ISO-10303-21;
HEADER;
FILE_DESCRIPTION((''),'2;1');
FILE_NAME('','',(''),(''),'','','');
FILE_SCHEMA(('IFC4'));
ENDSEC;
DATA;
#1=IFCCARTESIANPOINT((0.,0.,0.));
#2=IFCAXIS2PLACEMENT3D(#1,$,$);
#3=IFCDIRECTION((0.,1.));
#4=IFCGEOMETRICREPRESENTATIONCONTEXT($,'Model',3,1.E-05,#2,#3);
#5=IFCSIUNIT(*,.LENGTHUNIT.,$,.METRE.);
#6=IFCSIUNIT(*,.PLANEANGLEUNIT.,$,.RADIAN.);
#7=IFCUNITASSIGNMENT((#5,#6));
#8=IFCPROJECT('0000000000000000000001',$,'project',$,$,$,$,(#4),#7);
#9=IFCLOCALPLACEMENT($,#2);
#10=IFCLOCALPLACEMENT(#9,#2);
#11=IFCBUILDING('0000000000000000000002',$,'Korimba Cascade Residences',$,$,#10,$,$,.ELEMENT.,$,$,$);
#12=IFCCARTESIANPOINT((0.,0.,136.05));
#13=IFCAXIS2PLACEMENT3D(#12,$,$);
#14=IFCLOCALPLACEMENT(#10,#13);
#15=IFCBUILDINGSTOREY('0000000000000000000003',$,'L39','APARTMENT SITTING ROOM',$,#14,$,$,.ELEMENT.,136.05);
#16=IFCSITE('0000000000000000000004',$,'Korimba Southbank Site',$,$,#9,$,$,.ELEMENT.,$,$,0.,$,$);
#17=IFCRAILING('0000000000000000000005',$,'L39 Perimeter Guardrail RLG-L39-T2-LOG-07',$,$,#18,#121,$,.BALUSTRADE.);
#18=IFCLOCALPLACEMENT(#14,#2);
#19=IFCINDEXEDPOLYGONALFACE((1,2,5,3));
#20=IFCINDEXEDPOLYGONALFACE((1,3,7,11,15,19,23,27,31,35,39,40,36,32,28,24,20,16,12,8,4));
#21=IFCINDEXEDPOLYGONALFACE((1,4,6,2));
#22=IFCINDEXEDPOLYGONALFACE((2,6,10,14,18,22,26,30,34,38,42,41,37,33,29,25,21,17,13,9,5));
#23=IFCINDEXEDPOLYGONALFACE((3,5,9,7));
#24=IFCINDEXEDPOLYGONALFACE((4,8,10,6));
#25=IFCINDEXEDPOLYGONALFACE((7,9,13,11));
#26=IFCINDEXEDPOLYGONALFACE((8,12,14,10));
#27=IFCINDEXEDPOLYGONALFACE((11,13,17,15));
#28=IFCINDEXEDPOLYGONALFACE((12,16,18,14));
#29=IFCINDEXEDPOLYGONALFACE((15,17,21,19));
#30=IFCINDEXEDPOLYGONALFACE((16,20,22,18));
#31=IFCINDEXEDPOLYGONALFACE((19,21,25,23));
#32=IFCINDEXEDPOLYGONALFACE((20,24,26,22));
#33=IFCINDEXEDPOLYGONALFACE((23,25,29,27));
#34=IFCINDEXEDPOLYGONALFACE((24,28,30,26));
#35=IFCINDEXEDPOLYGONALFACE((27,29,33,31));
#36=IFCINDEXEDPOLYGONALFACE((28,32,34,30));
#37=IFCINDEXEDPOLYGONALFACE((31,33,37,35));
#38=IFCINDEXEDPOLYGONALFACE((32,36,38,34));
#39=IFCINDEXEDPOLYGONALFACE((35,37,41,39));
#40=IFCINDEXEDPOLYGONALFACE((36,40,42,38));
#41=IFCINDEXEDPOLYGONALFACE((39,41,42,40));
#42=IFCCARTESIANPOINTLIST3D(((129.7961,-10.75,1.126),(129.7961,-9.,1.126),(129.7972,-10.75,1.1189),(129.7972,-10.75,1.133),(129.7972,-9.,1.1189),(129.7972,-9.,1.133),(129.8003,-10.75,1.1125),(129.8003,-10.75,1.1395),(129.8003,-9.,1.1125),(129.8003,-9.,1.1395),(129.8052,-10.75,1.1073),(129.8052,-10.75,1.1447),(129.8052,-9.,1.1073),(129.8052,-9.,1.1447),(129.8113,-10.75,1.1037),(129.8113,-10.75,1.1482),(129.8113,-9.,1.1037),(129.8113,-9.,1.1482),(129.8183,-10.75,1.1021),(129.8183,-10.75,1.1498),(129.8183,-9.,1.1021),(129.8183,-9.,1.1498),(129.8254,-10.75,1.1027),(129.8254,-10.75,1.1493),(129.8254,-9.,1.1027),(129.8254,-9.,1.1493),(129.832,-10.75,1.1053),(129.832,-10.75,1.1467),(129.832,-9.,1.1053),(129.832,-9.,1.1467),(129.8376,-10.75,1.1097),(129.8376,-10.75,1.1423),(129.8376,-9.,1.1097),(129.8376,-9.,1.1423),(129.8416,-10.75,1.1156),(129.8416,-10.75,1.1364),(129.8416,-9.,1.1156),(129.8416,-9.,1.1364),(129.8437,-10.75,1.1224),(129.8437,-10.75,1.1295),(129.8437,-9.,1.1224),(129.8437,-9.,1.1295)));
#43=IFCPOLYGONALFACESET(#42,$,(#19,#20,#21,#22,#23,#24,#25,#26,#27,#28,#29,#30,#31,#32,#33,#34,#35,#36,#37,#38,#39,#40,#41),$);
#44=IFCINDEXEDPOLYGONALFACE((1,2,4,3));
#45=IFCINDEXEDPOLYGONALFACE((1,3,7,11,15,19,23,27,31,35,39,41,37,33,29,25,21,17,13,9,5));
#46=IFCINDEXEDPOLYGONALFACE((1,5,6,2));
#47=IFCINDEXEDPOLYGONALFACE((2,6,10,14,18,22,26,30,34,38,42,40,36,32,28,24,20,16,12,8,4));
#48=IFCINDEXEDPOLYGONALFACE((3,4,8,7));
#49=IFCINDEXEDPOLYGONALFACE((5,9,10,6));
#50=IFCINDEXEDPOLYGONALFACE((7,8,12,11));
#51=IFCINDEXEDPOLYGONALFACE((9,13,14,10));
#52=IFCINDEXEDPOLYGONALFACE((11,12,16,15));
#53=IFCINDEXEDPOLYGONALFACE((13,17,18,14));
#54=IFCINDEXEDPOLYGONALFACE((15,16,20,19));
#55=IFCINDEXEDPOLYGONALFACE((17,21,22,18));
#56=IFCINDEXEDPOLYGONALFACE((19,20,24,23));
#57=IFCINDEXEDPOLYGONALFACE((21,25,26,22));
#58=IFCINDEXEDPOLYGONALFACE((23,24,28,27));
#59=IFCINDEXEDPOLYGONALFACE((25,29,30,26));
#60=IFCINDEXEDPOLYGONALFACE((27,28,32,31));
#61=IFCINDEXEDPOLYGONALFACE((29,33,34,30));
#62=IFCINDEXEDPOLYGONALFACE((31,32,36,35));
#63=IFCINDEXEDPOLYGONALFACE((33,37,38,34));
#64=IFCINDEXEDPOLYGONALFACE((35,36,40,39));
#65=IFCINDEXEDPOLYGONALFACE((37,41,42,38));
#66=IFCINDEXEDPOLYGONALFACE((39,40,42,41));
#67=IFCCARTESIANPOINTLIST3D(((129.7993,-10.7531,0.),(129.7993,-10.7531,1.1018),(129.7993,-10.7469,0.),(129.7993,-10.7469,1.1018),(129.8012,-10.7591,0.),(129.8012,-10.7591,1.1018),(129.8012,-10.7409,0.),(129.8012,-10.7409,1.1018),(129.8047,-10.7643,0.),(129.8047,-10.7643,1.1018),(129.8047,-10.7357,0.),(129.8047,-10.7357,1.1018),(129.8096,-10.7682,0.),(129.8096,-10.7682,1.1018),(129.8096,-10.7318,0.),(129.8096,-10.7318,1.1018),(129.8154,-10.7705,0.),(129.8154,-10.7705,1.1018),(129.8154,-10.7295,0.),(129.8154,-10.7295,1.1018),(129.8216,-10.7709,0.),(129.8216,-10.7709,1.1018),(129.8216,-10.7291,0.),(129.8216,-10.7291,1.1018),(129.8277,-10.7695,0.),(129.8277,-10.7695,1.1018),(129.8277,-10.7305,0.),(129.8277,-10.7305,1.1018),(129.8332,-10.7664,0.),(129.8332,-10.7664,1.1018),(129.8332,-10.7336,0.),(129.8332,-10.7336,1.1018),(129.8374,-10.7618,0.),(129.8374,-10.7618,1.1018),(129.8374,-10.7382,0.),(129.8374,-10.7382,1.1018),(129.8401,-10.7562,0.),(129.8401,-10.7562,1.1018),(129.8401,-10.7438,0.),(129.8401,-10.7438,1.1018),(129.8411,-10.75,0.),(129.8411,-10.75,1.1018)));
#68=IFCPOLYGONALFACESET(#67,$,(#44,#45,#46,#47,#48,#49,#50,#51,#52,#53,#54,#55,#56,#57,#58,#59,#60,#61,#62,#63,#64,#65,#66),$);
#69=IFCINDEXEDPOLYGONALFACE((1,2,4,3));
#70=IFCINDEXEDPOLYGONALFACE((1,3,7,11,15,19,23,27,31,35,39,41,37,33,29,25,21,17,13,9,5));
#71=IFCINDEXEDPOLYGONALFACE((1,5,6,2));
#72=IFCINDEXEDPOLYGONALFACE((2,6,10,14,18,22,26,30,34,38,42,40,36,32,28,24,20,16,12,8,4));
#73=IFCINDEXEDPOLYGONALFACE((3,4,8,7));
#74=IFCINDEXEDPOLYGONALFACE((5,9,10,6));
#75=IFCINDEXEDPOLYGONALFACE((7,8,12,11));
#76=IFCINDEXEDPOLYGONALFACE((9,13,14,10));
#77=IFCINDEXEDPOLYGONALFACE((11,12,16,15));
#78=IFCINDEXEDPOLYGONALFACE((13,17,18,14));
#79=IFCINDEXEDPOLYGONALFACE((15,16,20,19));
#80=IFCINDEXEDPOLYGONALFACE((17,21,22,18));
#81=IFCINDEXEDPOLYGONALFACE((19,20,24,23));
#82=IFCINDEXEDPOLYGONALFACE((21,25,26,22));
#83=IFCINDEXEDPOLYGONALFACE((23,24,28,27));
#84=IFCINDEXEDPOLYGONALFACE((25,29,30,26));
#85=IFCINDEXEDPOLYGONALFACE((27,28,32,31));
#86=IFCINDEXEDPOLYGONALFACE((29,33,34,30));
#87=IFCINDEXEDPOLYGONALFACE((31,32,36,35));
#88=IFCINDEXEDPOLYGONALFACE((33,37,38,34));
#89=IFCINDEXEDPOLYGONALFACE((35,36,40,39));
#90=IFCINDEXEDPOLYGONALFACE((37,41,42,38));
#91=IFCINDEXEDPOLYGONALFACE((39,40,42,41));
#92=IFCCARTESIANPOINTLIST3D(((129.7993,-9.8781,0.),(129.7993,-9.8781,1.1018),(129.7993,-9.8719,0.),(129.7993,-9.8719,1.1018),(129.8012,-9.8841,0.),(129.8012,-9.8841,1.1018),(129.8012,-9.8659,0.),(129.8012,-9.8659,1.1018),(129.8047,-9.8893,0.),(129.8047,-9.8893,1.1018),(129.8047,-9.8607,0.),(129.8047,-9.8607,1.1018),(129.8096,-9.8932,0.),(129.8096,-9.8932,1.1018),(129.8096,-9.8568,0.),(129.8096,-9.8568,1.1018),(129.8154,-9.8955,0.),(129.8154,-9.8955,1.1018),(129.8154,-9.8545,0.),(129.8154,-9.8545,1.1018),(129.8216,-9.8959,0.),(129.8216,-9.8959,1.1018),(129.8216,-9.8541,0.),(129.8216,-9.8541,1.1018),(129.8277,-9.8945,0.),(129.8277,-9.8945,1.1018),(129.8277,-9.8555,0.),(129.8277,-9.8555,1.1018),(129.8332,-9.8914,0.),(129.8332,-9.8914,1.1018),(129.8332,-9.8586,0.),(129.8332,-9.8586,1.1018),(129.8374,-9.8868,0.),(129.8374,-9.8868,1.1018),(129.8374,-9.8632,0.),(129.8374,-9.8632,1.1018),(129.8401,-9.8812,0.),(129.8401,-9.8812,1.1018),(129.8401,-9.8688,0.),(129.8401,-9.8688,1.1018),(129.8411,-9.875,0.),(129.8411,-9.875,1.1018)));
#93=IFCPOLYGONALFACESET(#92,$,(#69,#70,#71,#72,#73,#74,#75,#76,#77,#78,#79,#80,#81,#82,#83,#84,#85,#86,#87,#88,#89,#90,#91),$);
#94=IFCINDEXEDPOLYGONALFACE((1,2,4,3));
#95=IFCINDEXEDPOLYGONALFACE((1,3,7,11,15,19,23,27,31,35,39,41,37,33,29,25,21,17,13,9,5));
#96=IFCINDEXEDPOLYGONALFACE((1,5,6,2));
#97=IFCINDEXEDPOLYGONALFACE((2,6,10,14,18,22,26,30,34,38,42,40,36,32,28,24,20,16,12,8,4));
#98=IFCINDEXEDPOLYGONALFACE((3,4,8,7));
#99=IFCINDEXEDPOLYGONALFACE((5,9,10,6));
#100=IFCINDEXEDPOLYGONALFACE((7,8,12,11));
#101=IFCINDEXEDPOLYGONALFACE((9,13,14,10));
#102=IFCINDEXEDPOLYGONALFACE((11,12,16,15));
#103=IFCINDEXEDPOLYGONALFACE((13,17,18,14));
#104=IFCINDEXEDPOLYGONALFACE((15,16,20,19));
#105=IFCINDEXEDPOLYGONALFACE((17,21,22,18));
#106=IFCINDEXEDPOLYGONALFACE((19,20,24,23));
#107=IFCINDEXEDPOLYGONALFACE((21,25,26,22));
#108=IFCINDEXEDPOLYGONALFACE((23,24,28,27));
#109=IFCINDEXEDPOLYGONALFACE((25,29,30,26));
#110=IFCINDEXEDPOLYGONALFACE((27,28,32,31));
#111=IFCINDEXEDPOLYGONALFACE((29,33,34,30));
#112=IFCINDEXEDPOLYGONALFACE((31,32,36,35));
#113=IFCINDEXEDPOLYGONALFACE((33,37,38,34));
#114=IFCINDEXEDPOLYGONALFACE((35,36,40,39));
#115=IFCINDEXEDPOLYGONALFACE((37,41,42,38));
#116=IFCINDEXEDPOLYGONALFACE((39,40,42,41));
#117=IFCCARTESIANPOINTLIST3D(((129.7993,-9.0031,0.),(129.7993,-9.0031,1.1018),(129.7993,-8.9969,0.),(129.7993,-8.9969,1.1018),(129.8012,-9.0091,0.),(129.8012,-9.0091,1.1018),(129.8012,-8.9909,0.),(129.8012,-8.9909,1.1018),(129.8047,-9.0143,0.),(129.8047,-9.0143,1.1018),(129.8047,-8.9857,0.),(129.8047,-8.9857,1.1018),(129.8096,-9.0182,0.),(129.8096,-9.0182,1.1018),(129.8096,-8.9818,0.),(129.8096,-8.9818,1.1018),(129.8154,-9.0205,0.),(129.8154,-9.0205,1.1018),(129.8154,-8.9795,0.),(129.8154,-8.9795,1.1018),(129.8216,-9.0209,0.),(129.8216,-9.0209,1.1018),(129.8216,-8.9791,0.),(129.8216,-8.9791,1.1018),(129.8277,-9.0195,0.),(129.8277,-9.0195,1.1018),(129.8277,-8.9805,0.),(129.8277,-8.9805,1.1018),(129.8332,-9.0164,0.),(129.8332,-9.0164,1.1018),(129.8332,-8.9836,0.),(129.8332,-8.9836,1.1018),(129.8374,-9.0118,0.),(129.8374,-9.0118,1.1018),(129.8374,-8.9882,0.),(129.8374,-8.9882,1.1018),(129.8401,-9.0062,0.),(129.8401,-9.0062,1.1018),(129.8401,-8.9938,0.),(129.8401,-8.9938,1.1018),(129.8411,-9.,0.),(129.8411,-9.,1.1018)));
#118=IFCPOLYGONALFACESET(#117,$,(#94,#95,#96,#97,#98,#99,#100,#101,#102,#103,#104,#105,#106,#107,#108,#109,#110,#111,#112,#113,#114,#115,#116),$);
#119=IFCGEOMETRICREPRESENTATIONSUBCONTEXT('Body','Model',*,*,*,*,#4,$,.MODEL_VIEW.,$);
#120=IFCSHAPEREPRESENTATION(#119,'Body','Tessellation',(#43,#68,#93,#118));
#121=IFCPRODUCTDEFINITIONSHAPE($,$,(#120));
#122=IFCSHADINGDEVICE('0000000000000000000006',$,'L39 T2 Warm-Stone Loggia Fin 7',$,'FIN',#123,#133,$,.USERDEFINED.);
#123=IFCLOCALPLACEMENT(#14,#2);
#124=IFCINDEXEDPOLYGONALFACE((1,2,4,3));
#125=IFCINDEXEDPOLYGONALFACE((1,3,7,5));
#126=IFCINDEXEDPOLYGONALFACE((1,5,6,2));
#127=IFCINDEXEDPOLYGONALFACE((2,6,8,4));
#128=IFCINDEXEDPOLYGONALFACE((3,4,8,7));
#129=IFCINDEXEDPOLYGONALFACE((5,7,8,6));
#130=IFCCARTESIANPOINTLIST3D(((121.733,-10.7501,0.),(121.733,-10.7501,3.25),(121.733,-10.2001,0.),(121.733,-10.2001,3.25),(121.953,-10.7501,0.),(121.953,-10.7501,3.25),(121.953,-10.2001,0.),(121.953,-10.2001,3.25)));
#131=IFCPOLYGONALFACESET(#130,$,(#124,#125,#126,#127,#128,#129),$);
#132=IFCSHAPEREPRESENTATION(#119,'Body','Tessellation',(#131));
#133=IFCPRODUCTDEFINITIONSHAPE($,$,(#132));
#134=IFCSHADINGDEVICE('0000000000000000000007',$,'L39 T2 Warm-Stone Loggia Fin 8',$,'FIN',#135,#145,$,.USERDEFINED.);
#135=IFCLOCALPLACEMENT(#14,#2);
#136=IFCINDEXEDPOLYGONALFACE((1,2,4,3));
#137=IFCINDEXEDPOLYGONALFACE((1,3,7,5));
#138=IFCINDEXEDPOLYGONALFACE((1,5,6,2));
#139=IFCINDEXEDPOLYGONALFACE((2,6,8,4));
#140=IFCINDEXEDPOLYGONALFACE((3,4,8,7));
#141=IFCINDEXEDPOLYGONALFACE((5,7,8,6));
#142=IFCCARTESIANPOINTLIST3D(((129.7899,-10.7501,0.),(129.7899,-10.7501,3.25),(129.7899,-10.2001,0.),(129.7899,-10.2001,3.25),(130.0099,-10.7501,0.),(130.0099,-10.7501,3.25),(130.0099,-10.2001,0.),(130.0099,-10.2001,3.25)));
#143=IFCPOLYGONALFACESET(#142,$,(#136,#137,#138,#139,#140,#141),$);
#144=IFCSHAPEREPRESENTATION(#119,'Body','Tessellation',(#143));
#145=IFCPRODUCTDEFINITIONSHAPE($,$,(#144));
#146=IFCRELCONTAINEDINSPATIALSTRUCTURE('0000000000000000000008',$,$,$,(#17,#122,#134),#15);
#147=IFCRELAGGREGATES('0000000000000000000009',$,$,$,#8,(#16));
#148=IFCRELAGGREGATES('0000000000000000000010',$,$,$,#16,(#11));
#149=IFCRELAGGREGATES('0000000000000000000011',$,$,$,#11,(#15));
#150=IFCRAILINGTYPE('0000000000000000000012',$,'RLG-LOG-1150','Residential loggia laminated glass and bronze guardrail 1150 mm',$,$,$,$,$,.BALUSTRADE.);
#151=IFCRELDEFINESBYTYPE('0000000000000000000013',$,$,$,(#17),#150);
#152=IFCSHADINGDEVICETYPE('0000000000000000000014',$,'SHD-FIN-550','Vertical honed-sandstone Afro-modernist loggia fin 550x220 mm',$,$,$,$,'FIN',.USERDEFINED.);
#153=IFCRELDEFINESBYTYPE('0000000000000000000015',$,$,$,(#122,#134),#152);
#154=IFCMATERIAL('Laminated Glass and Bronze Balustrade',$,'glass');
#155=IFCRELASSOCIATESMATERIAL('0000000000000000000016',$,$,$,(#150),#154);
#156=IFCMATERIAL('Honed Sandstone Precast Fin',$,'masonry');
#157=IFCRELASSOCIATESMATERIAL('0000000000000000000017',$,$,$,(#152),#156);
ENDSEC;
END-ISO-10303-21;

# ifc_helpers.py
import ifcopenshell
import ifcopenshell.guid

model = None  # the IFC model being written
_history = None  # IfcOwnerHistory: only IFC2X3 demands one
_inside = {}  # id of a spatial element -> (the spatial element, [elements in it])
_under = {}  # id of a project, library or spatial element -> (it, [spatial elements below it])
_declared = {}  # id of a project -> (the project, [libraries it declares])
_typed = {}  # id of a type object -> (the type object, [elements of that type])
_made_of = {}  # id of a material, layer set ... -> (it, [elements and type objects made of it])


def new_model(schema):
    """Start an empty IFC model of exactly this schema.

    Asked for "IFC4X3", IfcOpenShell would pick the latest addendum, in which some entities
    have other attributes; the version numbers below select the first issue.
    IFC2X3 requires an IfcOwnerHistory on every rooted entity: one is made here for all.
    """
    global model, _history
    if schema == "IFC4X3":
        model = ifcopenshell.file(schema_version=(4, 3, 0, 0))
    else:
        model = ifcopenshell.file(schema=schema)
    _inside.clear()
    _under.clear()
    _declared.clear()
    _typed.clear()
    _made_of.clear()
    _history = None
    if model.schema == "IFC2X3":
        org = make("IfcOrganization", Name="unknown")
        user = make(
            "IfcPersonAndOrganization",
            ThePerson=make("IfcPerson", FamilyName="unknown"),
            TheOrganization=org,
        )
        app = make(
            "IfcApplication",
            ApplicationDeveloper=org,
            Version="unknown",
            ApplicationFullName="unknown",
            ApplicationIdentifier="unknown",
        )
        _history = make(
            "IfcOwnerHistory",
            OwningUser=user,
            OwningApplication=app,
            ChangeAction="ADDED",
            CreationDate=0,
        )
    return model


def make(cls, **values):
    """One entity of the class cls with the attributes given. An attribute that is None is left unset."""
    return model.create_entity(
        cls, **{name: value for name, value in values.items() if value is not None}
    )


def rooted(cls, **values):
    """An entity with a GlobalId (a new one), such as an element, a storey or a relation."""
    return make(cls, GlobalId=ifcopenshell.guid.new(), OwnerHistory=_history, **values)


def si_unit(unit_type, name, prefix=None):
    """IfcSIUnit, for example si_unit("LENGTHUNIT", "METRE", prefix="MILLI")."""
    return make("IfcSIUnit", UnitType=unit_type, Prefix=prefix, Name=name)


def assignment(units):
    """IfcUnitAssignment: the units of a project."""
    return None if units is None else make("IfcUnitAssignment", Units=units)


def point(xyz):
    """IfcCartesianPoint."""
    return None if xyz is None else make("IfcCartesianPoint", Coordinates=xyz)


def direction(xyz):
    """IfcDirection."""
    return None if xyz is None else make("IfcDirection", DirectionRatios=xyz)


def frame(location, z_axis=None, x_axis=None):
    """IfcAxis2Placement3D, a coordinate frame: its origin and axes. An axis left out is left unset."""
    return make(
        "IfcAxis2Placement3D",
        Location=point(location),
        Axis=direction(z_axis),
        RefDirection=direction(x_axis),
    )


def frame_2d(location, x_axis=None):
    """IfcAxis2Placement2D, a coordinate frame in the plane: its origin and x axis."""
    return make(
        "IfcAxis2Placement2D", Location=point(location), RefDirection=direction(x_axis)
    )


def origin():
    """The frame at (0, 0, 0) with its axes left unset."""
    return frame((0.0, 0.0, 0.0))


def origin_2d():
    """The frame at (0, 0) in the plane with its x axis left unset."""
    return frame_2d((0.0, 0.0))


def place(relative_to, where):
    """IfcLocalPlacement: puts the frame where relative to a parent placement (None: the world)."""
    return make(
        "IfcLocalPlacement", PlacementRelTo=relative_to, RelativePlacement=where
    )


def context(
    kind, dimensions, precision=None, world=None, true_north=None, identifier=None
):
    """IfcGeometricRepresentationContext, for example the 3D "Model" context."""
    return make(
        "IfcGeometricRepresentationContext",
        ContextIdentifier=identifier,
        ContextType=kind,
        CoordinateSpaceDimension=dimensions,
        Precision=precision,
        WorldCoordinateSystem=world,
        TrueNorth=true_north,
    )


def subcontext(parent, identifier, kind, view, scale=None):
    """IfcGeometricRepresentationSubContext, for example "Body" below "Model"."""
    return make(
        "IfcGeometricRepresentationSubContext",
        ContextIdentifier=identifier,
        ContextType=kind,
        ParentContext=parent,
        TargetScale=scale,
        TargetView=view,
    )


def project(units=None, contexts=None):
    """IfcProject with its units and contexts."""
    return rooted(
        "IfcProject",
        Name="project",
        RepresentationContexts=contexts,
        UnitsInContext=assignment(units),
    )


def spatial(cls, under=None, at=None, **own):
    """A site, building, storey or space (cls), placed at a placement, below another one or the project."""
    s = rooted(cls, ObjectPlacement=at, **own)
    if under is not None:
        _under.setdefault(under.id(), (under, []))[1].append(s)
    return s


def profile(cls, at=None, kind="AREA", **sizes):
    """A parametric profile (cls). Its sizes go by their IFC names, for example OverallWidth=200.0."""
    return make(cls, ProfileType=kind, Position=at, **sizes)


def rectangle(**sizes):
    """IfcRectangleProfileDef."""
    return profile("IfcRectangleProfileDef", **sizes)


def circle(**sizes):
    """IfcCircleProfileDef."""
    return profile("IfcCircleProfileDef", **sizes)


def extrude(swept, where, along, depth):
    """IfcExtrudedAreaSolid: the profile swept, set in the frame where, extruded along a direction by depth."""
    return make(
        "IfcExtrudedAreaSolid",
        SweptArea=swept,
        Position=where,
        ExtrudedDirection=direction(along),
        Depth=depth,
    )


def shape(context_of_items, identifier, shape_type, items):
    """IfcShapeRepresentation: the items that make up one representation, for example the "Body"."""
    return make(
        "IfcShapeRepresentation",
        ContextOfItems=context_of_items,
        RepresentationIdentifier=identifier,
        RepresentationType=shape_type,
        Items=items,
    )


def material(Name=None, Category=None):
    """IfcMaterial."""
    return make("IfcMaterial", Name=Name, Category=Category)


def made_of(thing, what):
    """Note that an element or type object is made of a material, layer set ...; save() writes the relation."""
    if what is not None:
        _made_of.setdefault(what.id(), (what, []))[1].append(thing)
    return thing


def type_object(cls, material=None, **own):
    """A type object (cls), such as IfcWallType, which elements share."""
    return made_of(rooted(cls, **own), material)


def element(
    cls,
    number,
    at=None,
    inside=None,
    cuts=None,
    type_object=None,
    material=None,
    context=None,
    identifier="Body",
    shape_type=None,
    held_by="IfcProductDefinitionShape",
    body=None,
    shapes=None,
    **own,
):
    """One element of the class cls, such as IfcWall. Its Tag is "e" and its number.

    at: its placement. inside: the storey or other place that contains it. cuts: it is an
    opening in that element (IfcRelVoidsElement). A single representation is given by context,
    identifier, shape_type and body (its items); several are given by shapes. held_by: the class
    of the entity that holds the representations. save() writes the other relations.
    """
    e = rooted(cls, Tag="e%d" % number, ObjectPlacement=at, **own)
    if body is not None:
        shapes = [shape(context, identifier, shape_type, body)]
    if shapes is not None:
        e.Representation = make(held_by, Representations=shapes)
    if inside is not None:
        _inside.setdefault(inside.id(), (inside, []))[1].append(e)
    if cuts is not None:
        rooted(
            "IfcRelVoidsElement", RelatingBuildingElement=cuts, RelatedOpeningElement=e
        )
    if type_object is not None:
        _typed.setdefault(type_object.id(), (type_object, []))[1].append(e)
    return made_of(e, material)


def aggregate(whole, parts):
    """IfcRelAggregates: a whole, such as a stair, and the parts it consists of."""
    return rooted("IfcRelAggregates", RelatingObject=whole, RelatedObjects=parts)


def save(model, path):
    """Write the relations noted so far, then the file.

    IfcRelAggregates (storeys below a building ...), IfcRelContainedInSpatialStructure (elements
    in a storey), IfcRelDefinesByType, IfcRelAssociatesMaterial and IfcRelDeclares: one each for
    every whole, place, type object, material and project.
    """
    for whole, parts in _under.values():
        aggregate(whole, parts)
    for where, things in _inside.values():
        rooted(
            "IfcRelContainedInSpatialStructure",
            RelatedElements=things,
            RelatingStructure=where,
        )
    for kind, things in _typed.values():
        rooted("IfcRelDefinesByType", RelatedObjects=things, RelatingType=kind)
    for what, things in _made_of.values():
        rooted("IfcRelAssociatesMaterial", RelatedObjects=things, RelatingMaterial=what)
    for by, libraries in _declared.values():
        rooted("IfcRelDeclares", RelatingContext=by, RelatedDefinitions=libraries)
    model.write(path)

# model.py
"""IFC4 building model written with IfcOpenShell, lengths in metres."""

from ifc_helpers import new_model, si_unit, direction, frame, origin, origin_2d, place, context, subcontext, project, spatial, rectangle, circle, extrude, material, type_object, element, save


model = new_model("IFC4")

# Units and contexts
model_context = context("Model", 3, precision=1e-05, world=origin(), true_north=direction((0.0, 1.0)))
body_context = subcontext(model_context, "Body", "Model", "MODEL_VIEW")
ifc_project = project(units=[si_unit("LENGTHUNIT", "METRE"), si_unit("PLANEANGLEUNIT", "RADIAN")], contexts=[model_context])

# Site, building, storey
site_placement = place(None, origin())
site = spatial("IfcSite", under=ifc_project, at=site_placement, Name="Korimba Southbank Site", CompositionType="ELEMENT", RefElevation=0.0)
building_placement = place(site_placement, origin())
building = spatial("IfcBuilding", under=site, at=building_placement, Name="Korimba Cascade Residences", CompositionType="ELEMENT")
storey_placement = place(building_placement, frame((0.0, 0.0, 136.05)))
storey = spatial("IfcBuildingStorey", under=building, at=storey_placement, Name="L39", Description="APARTMENT SITTING ROOM", CompositionType="ELEMENT", Elevation=136.05)

# Railing
ifc_material_1 = material(Name="Laminated Glass and Bronze Balustrade", Category="glass")
railing_type = type_object("IfcRailingType", Name="RLG-LOG-1150", Description="Residential loggia laminated glass and bronze guardrail 1150 mm", PredefinedType="BALUSTRADE", material=ifc_material_1)
railing_1_placement = place(storey_placement, frame((129.8201, -10.75, 0.0)))
element("IfcRailing", 1, at=railing_1_placement, inside=storey, type_object=railing_type, Name="L39 Perimeter Guardrail RLG-L39-T2-LOG-07", PredefinedType="BALUSTRADE", context=body_context, shape_type="SweptSolid", body=[
    extrude(circle(Radius=0.0239, at=origin_2d()), frame((0.0, 0.0, 1.126), z_axis=(0.0, 1.0, 0.0), x_axis=(-1.0, 0.0, 0.0)), (0.0, 0.0, 1.0), 1.75),
    extrude(circle(Radius=0.021, at=origin_2d()), origin(), (0.0, 0.0, 1.0), 1.1018),
    extrude(circle(Radius=0.021, at=origin_2d()), frame((0.0, 0.875, 0.0)), (0.0, 0.0, 1.0), 1.1018),
    extrude(circle(Radius=0.021, at=origin_2d()), frame((0.0, 1.75, 0.0)), (0.0, 0.0, 1.0), 1.1018),
])

# Shading devices
ifc_material_2 = material(Name="Honed Sandstone Precast Fin", Category="masonry")
shading_device_type = type_object("IfcShadingDeviceType", Name="SHD-FIN-550", Description="Vertical honed-sandstone Afro-modernist loggia fin 550x220 mm", ElementType="FIN", PredefinedType="USERDEFINED", material=ifc_material_2)
for number, where, z_axis, x_axis, name in (
    (2, (121.843, -10.4751, 0.0), (0.0, 0.0, 1.0), (1.0, 0.0, 0.0), "L39 T2 Warm-Stone Loggia Fin 7"),
    (3, (129.8999, -10.4751, 0.0), (0.0, 0.0, 1.0), (1.0, 0.0, 0.0), "L39 T2 Warm-Stone Loggia Fin 8"),
):
    element("IfcShadingDevice", number, at=place(storey_placement, frame(where, z_axis=z_axis, x_axis=x_axis)), inside=storey, type_object=shading_device_type, Name=name, ObjectType="FIN", PredefinedType="USERDEFINED", context=body_context, shape_type="SweptSolid", body=[
        extrude(rectangle(XDim=0.22, YDim=0.55, at=origin_2d()), origin(), (0.0, 0.0, 1.0), 3.25),
    ])

save(model, "model.ifc")
